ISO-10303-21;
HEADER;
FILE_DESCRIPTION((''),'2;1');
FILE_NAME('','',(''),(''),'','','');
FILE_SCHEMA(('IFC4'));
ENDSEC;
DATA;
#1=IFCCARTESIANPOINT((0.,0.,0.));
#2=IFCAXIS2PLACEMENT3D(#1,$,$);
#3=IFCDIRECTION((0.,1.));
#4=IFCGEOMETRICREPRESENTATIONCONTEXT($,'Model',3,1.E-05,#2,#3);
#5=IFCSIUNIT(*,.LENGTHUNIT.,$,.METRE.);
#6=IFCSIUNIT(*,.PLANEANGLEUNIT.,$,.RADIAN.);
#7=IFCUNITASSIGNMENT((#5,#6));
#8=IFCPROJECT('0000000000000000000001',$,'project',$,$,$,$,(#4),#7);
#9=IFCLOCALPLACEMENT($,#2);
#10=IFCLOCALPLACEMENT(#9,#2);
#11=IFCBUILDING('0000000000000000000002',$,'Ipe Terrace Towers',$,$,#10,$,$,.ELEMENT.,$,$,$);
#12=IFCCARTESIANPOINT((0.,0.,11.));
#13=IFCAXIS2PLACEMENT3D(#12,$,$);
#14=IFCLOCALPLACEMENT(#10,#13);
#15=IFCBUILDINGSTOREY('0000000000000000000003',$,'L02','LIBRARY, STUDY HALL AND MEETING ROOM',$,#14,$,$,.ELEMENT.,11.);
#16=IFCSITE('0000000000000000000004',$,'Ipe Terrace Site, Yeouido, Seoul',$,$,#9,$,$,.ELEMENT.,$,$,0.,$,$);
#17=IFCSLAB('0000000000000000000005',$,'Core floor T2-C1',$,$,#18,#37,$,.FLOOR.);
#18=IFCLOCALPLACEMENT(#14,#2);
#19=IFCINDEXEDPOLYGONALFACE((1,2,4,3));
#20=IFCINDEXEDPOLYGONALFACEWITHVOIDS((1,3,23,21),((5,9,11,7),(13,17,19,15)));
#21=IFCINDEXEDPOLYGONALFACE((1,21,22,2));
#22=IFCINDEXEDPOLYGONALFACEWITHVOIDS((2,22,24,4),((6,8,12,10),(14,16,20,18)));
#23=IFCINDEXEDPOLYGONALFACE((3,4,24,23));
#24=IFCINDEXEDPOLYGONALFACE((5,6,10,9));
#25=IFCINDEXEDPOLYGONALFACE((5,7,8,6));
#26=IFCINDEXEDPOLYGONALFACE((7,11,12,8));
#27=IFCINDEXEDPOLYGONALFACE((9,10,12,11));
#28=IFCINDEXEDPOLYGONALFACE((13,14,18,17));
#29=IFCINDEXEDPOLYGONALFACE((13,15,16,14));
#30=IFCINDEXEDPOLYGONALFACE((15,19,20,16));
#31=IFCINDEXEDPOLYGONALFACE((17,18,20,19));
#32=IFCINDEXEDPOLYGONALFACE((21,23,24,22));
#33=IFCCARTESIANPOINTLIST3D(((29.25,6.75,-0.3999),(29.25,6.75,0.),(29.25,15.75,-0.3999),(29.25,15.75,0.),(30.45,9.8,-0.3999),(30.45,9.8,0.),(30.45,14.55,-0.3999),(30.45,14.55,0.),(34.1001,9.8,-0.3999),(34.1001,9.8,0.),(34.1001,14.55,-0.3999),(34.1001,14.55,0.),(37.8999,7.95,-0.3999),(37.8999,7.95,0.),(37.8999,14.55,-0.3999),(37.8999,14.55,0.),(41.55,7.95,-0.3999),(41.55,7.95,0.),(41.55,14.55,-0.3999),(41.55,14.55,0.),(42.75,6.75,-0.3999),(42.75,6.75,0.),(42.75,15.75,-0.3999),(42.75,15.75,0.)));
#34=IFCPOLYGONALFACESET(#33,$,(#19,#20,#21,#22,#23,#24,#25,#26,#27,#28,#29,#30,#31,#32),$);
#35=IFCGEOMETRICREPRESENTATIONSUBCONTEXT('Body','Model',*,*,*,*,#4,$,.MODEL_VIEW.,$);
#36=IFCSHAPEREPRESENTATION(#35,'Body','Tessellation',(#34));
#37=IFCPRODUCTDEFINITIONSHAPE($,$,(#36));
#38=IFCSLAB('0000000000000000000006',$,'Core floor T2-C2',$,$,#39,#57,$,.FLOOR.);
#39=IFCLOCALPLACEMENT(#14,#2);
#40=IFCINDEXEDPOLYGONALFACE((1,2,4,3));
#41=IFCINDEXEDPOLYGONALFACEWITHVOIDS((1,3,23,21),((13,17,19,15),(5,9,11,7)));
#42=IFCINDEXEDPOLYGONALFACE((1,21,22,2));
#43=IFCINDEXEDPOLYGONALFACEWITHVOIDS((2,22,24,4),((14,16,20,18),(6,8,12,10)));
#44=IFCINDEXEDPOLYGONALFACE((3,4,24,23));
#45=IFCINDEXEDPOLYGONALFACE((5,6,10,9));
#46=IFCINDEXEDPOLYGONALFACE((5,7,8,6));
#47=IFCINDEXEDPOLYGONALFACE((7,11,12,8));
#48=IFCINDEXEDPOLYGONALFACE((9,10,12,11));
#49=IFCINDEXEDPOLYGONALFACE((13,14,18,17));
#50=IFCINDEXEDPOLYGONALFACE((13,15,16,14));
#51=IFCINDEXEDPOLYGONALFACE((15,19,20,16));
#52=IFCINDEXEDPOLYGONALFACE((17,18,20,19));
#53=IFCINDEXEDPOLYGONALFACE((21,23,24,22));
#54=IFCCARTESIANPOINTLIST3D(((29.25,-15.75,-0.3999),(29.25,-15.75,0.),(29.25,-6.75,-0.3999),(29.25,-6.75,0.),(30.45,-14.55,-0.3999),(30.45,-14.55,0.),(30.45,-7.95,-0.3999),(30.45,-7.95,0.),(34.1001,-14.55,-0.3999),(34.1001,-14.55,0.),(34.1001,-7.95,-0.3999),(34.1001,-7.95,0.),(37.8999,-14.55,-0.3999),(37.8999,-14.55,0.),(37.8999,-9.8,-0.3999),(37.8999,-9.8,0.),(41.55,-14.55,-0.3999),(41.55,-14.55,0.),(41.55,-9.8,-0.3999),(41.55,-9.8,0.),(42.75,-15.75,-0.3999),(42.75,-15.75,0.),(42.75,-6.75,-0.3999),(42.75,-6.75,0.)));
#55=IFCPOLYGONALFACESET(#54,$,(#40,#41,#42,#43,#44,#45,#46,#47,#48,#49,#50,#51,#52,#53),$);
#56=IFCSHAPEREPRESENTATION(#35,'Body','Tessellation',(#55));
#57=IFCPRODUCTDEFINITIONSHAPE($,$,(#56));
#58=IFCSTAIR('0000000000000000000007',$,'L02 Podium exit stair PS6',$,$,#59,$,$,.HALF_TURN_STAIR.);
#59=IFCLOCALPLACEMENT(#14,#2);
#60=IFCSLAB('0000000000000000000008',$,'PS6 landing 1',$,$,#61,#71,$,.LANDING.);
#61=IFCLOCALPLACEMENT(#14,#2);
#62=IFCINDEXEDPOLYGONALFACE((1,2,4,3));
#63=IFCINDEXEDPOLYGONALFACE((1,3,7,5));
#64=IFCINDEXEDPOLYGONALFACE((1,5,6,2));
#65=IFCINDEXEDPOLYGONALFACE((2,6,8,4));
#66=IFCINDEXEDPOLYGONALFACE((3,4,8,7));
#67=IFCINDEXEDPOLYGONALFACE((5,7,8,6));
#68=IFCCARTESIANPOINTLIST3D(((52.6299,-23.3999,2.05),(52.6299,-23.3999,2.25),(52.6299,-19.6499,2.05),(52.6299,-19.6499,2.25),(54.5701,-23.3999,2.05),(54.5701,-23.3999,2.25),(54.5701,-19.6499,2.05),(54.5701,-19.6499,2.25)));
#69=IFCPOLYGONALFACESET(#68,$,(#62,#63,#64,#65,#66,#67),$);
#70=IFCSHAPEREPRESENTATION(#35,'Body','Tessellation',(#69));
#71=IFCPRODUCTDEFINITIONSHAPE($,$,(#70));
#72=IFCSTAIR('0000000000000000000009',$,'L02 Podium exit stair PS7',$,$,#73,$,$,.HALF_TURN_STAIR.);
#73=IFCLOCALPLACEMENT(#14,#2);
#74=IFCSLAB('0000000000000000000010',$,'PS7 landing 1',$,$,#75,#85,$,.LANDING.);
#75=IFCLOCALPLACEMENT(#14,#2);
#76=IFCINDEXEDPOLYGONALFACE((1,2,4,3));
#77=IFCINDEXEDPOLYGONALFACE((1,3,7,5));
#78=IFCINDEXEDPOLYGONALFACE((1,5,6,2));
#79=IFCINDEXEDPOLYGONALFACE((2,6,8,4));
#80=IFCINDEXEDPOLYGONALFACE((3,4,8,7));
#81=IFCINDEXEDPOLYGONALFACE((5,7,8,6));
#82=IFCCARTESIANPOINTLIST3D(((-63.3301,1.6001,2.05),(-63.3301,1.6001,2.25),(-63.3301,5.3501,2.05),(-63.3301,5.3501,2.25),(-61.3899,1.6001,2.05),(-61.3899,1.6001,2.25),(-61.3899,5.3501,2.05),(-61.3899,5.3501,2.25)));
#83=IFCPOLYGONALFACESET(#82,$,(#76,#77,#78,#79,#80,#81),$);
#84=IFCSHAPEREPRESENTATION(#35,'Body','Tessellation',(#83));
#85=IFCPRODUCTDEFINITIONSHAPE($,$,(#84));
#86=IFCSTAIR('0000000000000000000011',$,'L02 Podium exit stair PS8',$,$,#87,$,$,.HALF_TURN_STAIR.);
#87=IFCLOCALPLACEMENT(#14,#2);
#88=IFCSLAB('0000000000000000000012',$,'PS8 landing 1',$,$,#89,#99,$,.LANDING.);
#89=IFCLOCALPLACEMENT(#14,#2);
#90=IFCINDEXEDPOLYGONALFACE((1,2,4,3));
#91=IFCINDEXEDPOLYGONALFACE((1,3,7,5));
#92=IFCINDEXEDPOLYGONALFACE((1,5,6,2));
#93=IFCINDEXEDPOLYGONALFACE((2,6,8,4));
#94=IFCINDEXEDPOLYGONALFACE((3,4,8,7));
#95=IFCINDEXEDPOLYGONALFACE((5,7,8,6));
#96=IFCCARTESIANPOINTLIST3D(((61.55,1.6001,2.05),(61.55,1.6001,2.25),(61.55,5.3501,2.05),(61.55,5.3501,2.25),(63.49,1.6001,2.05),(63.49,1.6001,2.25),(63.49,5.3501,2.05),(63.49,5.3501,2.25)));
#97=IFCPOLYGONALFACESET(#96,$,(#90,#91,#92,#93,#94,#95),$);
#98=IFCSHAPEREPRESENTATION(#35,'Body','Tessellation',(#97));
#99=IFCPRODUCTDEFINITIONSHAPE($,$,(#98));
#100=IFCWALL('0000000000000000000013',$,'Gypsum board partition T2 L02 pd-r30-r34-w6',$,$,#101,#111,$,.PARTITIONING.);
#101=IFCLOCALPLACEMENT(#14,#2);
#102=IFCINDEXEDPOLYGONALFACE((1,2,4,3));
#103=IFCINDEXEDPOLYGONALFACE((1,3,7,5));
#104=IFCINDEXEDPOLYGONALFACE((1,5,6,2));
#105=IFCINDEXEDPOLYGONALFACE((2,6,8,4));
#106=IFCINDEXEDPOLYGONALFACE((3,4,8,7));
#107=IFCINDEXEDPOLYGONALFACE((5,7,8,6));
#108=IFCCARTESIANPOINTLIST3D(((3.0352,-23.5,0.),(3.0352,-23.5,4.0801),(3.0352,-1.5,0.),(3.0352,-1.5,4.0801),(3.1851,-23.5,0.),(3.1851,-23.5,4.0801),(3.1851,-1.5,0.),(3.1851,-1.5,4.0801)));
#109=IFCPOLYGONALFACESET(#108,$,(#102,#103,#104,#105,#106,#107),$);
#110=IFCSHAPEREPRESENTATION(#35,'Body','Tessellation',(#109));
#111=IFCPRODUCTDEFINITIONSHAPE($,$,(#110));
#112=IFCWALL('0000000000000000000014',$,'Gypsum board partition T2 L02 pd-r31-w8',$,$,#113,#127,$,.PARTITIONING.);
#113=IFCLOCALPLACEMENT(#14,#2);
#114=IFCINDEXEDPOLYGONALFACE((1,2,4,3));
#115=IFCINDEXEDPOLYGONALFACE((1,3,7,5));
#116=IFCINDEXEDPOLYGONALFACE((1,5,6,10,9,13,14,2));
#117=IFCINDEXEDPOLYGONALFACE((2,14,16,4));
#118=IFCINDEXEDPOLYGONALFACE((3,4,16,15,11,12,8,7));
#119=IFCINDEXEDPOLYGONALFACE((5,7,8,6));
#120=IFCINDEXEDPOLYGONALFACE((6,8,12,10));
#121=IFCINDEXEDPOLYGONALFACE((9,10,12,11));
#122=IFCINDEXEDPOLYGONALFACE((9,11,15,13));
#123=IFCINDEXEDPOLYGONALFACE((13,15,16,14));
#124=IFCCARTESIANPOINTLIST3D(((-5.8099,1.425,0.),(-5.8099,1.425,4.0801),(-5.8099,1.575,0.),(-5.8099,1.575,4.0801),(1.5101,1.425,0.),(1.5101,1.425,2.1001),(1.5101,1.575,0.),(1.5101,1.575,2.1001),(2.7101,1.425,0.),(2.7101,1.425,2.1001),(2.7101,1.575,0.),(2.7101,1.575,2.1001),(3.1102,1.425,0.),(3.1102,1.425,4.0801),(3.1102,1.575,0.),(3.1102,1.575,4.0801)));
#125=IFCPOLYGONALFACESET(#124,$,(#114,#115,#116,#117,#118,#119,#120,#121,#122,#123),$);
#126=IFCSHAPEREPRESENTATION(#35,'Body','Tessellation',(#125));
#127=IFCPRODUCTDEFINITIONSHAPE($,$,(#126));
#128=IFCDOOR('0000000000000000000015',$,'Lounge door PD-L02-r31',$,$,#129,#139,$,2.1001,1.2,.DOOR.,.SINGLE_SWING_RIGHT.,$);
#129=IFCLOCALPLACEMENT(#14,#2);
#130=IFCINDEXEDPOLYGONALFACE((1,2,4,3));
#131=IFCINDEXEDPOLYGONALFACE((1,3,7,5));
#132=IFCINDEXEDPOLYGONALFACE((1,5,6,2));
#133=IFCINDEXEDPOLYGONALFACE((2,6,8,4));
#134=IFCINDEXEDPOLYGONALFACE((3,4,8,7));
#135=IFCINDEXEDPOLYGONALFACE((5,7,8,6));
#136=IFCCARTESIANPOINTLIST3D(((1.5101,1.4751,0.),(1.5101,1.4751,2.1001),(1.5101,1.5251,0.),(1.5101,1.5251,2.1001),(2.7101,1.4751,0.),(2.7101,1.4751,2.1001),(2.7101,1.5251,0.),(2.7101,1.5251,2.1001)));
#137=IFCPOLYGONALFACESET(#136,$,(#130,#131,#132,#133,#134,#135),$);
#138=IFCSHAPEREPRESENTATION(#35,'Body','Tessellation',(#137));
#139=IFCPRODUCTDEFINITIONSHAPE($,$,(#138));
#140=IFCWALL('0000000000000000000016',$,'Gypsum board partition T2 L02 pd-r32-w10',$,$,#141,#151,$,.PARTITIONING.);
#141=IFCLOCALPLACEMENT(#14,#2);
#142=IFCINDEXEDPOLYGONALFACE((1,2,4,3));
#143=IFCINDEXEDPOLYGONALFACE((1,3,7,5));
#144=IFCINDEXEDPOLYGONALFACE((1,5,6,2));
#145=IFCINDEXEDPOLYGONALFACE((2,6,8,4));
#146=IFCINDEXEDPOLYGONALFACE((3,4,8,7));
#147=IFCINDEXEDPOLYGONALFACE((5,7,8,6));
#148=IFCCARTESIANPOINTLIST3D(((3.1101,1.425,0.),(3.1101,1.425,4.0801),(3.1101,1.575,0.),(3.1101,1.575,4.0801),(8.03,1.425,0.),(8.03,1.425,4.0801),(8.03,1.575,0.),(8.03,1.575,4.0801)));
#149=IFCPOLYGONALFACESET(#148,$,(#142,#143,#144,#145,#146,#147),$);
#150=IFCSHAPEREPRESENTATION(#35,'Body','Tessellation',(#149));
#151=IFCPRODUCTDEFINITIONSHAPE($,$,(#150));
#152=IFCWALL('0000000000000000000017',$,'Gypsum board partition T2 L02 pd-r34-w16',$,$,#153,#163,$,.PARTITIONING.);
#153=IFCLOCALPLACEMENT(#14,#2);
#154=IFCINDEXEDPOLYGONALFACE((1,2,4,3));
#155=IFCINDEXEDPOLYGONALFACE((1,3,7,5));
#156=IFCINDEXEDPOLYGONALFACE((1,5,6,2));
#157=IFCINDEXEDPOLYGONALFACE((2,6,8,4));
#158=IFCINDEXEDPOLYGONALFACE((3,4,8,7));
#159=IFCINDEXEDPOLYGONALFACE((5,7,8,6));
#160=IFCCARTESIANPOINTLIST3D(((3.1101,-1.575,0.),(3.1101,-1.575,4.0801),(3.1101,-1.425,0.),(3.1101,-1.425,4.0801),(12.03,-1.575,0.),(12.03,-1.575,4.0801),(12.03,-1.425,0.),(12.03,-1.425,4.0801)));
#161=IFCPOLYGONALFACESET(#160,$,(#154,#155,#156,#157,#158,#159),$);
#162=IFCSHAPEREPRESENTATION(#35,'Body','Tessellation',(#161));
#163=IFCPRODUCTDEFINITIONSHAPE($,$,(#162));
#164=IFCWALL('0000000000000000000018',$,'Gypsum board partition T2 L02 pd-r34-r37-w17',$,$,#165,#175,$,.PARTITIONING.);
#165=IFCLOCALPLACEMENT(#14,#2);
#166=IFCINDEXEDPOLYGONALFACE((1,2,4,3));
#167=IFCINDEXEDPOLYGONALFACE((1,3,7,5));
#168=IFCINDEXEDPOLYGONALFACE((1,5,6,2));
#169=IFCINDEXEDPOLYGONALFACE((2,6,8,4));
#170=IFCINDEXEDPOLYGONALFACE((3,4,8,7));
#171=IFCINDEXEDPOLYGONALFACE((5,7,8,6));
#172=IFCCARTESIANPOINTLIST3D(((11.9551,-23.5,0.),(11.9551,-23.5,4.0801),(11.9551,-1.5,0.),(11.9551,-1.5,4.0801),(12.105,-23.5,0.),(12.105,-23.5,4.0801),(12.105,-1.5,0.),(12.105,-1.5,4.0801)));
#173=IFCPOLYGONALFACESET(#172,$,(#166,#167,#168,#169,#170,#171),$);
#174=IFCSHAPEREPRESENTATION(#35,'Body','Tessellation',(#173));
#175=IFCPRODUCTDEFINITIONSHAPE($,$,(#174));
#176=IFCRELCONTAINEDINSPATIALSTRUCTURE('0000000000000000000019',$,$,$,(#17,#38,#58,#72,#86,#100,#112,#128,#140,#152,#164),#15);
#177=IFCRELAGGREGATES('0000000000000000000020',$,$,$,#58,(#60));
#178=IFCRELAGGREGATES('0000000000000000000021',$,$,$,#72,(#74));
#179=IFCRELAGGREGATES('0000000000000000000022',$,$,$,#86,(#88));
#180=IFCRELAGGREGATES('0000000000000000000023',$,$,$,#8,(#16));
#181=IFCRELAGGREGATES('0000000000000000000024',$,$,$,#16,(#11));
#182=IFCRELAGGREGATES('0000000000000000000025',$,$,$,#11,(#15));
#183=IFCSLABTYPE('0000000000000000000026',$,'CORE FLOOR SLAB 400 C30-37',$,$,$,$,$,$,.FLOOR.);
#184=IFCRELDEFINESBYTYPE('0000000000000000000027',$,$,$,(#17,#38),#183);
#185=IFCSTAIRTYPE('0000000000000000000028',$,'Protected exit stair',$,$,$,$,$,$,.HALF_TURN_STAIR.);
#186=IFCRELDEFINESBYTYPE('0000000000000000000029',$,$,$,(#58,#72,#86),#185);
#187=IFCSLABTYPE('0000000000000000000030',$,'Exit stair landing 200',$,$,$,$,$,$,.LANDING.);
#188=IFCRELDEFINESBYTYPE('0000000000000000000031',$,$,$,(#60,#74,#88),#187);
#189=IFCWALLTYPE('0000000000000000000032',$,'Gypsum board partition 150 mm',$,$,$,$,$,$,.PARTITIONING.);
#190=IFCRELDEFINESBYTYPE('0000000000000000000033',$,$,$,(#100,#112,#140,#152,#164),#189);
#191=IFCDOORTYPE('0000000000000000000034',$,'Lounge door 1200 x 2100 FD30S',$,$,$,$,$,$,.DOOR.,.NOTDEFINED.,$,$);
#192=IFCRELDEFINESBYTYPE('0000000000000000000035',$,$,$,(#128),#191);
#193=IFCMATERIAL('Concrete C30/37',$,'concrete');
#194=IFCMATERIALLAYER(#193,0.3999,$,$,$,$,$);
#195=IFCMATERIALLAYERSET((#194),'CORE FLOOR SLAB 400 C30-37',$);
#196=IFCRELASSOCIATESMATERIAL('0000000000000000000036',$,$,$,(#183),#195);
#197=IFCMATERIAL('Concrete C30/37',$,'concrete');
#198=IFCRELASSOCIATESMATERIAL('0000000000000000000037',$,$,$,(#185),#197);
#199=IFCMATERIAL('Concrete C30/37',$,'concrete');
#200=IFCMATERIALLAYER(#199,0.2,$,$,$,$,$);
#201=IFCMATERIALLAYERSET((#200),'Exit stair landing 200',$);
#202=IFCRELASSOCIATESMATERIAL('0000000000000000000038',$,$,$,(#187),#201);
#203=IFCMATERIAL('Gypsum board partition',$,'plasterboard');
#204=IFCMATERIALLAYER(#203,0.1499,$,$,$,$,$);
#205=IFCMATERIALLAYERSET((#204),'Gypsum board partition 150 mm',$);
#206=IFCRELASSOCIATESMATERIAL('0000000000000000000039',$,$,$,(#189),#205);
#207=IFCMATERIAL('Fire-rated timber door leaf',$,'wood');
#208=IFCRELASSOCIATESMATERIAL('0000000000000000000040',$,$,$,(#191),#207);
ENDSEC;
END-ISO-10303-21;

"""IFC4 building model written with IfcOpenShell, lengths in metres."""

from ifc_helpers import new_model, si_unit, direction, frame, frame_2d, origin, place, context, subcontext, project, spatial, polyline, rectangle, outline, extrude, material, layer, layer_set, type_object, element, fill, aggregate, save


model = new_model("IFC4")

# Units and contexts
model_context = context("Model", 3, precision=1e-05, world=origin(), true_north=direction((0.0, 1.0)))
body_context = subcontext(model_context, "Body", "Model", "MODEL_VIEW")
ifc_project = project(units=[si_unit("LENGTHUNIT", "METRE"), si_unit("PLANEANGLEUNIT", "RADIAN")], contexts=[model_context])

# Site, building, storey
site_placement = place(None, origin())
site = spatial("IfcSite", under=ifc_project, at=site_placement, Name="Ipe Terrace Site, Yeouido, Seoul", CompositionType="ELEMENT", RefElevation=0.0)
building_placement = place(site_placement, origin())
building = spatial("IfcBuilding", under=site, at=building_placement, Name="Ipe Terrace Towers", CompositionType="ELEMENT")
storey_placement = place(building_placement, frame((0.0, 0.0, 11.0)))
storey = spatial("IfcBuildingStorey", under=building, at=storey_placement, Name="L02", Description="LIBRARY, STUDY HALL AND MEETING ROOM", CompositionType="ELEMENT", Elevation=11.0)

# Slabs
ifc_material_1 = material(Name="Concrete C30/37", Category="concrete")
ifc_layer_1 = layer(ifc_material_1, 0.3999)
ifc_layer_set_1 = layer_set([ifc_layer_1], Name="CORE FLOOR SLAB 400 C30-37")
slab_type_1 = type_object("IfcSlabType", Name="CORE FLOOR SLAB 400 C30-37", PredefinedType="FLOOR", material=ifc_layer_set_1)
slab_1_placement = place(storey_placement, frame((0.0, 0.0, -0.3999)))
element("IfcSlab", 1, at=slab_1_placement, inside=storey, type_object=slab_type_1, Name="Core floor T2-C1", PredefinedType="FLOOR", context=body_context, shape_type="SweptSolid", body=[
    extrude(outline(polyline([(29.25, 6.75), (29.25, 15.75), (42.75, 15.75), (42.75, 6.75), (29.25, 6.75)]), holes=[polyline([(41.55, 7.95), (41.55, 14.55), (37.8999, 14.55), (37.8999, 7.95), (41.55, 7.95)]), polyline([(30.45, 9.8), (34.1001, 9.8), (34.1001, 14.55), (30.45, 14.55), (30.45, 9.8)])]), origin(), (0.0, 0.0, 1.0), 0.3999),
])
slab_2_placement = place(storey_placement, frame((0.0, 0.0, -0.3999)))
element("IfcSlab", 2, at=slab_2_placement, inside=storey, type_object=slab_type_1, Name="Core floor T2-C2", PredefinedType="FLOOR", context=body_context, shape_type="SweptSolid", body=[
    extrude(outline(polyline([(29.25, -15.75), (29.25, -6.75), (42.75, -6.75), (42.75, -15.75), (29.25, -15.75)]), holes=[polyline([(34.1001, -14.55), (34.1001, -7.95), (30.45, -7.95), (30.45, -14.55), (34.1001, -14.55)]), polyline([(41.55, -9.8), (37.8999, -9.8), (37.8999, -14.55), (41.55, -14.55), (41.55, -9.8)])]), origin(), (0.0, 0.0, 1.0), 0.3999),
])

# Stairs, slabs
ifc_material_2 = material(Name="Concrete C30/37", Category="concrete")
stair_type = type_object("IfcStairType", Name="Protected exit stair", PredefinedType="HALF_TURN_STAIR", material=ifc_material_2)
stair_1_placement = place(storey_placement, origin())
stair_1 = element("IfcStair", 3, at=stair_1_placement, inside=storey, type_object=stair_type, Name="L02 Podium exit stair PS6", PredefinedType="HALF_TURN_STAIR")
ifc_material_3 = material(Name="Concrete C30/37", Category="concrete")
ifc_layer_2 = layer(ifc_material_3, 0.2)
ifc_layer_set_2 = layer_set([ifc_layer_2], Name="Exit stair landing 200")
slab_type_2 = type_object("IfcSlabType", Name="Exit stair landing 200", PredefinedType="LANDING", material=ifc_layer_set_2)
slab_3_placement = place(storey_placement, frame((0.0, 0.0, 2.05)))
slab_3 = element("IfcSlab", 4, at=slab_3_placement, type_object=slab_type_2, Name="PS6 landing 1", PredefinedType="LANDING", context=body_context, shape_type="SweptSolid", body=[
    extrude(outline(polyline([(52.6299, -23.3999), (54.5701, -23.3999), (54.5701, -19.6499), (52.6299, -19.6499), (52.6299, -23.3999)])), origin(), (0.0, 0.0, 1.0), 0.2),
])
aggregate(stair_1, [slab_3])
stair_2_placement = place(storey_placement, origin())
stair_2 = element("IfcStair", 5, at=stair_2_placement, inside=storey, type_object=stair_type, Name="L02 Podium exit stair PS7", PredefinedType="HALF_TURN_STAIR")
slab_4_placement = place(storey_placement, frame((0.0, 0.0, 2.05)))
slab_4 = element("IfcSlab", 6, at=slab_4_placement, type_object=slab_type_2, Name="PS7 landing 1", PredefinedType="LANDING", context=body_context, shape_type="SweptSolid", body=[
    extrude(outline(polyline([(-63.3301, 1.6001), (-61.3899, 1.6001), (-61.3899, 5.3501), (-63.3301, 5.3501), (-63.3301, 1.6001)])), origin(), (0.0, 0.0, 1.0), 0.2),
])
aggregate(stair_2, [slab_4])
stair_3_placement = place(storey_placement, origin())
stair_3 = element("IfcStair", 7, at=stair_3_placement, inside=storey, type_object=stair_type, Name="L02 Podium exit stair PS8", PredefinedType="HALF_TURN_STAIR")
slab_5_placement = place(storey_placement, frame((0.0, 0.0, 2.05)))
slab_5 = element("IfcSlab", 8, at=slab_5_placement, type_object=slab_type_2, Name="PS8 landing 1", PredefinedType="LANDING", context=body_context, shape_type="SweptSolid", body=[
    extrude(outline(polyline([(61.55, 1.6001), (63.49, 1.6001), (63.49, 5.3501), (61.55, 5.3501), (61.55, 1.6001)])), origin(), (0.0, 0.0, 1.0), 0.2),
])
aggregate(stair_3, [slab_5])

# Wall
ifc_material_4 = material(Name="Gypsum board partition", Category="plasterboard")
ifc_layer_3 = layer(ifc_material_4, 0.1499)
ifc_layer_set_3 = layer_set([ifc_layer_3], Name="Gypsum board partition 150 mm")
wall_type = type_object("IfcWallType", Name="Gypsum board partition 150 mm", PredefinedType="PARTITIONING", material=ifc_layer_set_3)
wall_1_placement = place(storey_placement, frame((3.1101, -1.5, 0.0), z_axis=(0.0, 0.0, 1.0), x_axis=(0.0, -1.0, 0.0)))
element("IfcWall", 9, at=wall_1_placement, inside=storey, type_object=wall_type, Name="Gypsum board partition T2 L02 pd-r30-r34-w6", PredefinedType="PARTITIONING", context=body_context, shape_type="SweptSolid", body=[
    extrude(rectangle(XDim=22.0, YDim=0.1499, at=frame_2d((11.0, 0.0))), origin(), (0.0, 0.0, 1.0), 4.0801),
])

# Wall, opening, door
wall_2_placement = place(storey_placement, frame((3.1101, 1.5, 0.0), z_axis=(0.0, 0.0, 1.0), x_axis=(-1.0, 0.0, 0.0)))
wall_2 = element("IfcWall", 10, at=wall_2_placement, inside=storey, type_object=wall_type, Name="Gypsum board partition T2 L02 pd-r31-w8", PredefinedType="PARTITIONING", context=body_context, shape_type="SweptSolid", body=[
    extrude(rectangle(XDim=8.9202, YDim=0.1499, at=frame_2d((4.46, 0.0))), origin(), (0.0, 0.0, 1.0), 4.0801),
])
opening_1_placement = place(wall_2_placement, frame((0.3999, 0.0, 0.0)))
opening_1 = element("IfcOpeningElement", 11, at=opening_1_placement, cuts=wall_2, PredefinedType="OPENING", context=body_context, shape_type="SweptSolid", body=[
    extrude(rectangle(XDim=1.2, YDim=2.1001, at=frame_2d((0.6001, 1.05))), frame((0.0, 0.085, 0.0), z_axis=(0.0, -1.0, 0.0), x_axis=(1.0, 0.0, 0.0)), (0.0, 0.0, 1.0), 0.1699),
])
ifc_material_5 = material(Name="Fire-rated timber door leaf", Category="wood")
door_type_1 = type_object("IfcDoorType", Name="Lounge door 1200 x 2100 FD30S", OperationType="NOTDEFINED", PredefinedType="DOOR", material=ifc_material_5)
door_1_placement = place(opening_1_placement, origin())
door_1 = element("IfcDoor", 12, at=door_1_placement, inside=storey, type_object=door_type_1, Name="Lounge door PD-L02-r31", OperationType="SINGLE_SWING_RIGHT", OverallHeight=2.1001, OverallWidth=1.2, PredefinedType="DOOR", context=body_context, shape_type="SweptSolid", body=[
    extrude(rectangle(XDim=1.2, YDim=2.1001, at=frame_2d((0.6001, 1.05))), frame((0.0, 0.0249, 0.0), z_axis=(0.0, -1.0, 0.0), x_axis=(1.0, 0.0, 0.0)), (0.0, 0.0, 1.0), 0.05),
])
fill(opening_1, door_1)

# Walls
wall_3_placement = place(storey_placement, frame((8.03, 1.5, 0.0), z_axis=(0.0, 0.0, 1.0), x_axis=(-1.0, 0.0, 0.0)))
element("IfcWall", 13, at=wall_3_placement, inside=storey, type_object=wall_type, Name="Gypsum board partition T2 L02 pd-r32-w10", PredefinedType="PARTITIONING", context=body_context, shape_type="SweptSolid", body=[
    extrude(rectangle(XDim=4.9199, YDim=0.1499, at=frame_2d((2.46, 0.0))), origin(), (0.0, 0.0, 1.0), 4.0801),
])
wall_4_placement = place(storey_placement, frame((3.1101, -1.5, 0.0), z_axis=(0.0, 0.0, 1.0), x_axis=(1.0, 0.0, 0.0)))
element("IfcWall", 14, at=wall_4_placement, inside=storey, type_object=wall_type, Name="Gypsum board partition T2 L02 pd-r34-w16", PredefinedType="PARTITIONING", context=body_context, shape_type="SweptSolid", body=[
    extrude(rectangle(XDim=8.9199, YDim=0.1499, at=frame_2d((4.46, 0.0))), origin(), (0.0, 0.0, 1.0), 4.0801),
])
wall_5_placement = place(storey_placement, frame((12.03, -1.5, 0.0), z_axis=(0.0, 0.0, 1.0), x_axis=(0.0, -1.0, 0.0)))
element("IfcWall", 15, at=wall_5_placement, inside=storey, type_object=wall_type, Name="Gypsum board partition T2 L02 pd-r34-r37-w17", PredefinedType="PARTITIONING", context=body_context, shape_type="SweptSolid", body=[
    extrude(rectangle(XDim=22.0, YDim=0.1499, at=frame_2d((11.0, 0.0))), origin(), (0.0, 0.0, 1.0), 4.0801),
])

save(model, "model.ifc")
